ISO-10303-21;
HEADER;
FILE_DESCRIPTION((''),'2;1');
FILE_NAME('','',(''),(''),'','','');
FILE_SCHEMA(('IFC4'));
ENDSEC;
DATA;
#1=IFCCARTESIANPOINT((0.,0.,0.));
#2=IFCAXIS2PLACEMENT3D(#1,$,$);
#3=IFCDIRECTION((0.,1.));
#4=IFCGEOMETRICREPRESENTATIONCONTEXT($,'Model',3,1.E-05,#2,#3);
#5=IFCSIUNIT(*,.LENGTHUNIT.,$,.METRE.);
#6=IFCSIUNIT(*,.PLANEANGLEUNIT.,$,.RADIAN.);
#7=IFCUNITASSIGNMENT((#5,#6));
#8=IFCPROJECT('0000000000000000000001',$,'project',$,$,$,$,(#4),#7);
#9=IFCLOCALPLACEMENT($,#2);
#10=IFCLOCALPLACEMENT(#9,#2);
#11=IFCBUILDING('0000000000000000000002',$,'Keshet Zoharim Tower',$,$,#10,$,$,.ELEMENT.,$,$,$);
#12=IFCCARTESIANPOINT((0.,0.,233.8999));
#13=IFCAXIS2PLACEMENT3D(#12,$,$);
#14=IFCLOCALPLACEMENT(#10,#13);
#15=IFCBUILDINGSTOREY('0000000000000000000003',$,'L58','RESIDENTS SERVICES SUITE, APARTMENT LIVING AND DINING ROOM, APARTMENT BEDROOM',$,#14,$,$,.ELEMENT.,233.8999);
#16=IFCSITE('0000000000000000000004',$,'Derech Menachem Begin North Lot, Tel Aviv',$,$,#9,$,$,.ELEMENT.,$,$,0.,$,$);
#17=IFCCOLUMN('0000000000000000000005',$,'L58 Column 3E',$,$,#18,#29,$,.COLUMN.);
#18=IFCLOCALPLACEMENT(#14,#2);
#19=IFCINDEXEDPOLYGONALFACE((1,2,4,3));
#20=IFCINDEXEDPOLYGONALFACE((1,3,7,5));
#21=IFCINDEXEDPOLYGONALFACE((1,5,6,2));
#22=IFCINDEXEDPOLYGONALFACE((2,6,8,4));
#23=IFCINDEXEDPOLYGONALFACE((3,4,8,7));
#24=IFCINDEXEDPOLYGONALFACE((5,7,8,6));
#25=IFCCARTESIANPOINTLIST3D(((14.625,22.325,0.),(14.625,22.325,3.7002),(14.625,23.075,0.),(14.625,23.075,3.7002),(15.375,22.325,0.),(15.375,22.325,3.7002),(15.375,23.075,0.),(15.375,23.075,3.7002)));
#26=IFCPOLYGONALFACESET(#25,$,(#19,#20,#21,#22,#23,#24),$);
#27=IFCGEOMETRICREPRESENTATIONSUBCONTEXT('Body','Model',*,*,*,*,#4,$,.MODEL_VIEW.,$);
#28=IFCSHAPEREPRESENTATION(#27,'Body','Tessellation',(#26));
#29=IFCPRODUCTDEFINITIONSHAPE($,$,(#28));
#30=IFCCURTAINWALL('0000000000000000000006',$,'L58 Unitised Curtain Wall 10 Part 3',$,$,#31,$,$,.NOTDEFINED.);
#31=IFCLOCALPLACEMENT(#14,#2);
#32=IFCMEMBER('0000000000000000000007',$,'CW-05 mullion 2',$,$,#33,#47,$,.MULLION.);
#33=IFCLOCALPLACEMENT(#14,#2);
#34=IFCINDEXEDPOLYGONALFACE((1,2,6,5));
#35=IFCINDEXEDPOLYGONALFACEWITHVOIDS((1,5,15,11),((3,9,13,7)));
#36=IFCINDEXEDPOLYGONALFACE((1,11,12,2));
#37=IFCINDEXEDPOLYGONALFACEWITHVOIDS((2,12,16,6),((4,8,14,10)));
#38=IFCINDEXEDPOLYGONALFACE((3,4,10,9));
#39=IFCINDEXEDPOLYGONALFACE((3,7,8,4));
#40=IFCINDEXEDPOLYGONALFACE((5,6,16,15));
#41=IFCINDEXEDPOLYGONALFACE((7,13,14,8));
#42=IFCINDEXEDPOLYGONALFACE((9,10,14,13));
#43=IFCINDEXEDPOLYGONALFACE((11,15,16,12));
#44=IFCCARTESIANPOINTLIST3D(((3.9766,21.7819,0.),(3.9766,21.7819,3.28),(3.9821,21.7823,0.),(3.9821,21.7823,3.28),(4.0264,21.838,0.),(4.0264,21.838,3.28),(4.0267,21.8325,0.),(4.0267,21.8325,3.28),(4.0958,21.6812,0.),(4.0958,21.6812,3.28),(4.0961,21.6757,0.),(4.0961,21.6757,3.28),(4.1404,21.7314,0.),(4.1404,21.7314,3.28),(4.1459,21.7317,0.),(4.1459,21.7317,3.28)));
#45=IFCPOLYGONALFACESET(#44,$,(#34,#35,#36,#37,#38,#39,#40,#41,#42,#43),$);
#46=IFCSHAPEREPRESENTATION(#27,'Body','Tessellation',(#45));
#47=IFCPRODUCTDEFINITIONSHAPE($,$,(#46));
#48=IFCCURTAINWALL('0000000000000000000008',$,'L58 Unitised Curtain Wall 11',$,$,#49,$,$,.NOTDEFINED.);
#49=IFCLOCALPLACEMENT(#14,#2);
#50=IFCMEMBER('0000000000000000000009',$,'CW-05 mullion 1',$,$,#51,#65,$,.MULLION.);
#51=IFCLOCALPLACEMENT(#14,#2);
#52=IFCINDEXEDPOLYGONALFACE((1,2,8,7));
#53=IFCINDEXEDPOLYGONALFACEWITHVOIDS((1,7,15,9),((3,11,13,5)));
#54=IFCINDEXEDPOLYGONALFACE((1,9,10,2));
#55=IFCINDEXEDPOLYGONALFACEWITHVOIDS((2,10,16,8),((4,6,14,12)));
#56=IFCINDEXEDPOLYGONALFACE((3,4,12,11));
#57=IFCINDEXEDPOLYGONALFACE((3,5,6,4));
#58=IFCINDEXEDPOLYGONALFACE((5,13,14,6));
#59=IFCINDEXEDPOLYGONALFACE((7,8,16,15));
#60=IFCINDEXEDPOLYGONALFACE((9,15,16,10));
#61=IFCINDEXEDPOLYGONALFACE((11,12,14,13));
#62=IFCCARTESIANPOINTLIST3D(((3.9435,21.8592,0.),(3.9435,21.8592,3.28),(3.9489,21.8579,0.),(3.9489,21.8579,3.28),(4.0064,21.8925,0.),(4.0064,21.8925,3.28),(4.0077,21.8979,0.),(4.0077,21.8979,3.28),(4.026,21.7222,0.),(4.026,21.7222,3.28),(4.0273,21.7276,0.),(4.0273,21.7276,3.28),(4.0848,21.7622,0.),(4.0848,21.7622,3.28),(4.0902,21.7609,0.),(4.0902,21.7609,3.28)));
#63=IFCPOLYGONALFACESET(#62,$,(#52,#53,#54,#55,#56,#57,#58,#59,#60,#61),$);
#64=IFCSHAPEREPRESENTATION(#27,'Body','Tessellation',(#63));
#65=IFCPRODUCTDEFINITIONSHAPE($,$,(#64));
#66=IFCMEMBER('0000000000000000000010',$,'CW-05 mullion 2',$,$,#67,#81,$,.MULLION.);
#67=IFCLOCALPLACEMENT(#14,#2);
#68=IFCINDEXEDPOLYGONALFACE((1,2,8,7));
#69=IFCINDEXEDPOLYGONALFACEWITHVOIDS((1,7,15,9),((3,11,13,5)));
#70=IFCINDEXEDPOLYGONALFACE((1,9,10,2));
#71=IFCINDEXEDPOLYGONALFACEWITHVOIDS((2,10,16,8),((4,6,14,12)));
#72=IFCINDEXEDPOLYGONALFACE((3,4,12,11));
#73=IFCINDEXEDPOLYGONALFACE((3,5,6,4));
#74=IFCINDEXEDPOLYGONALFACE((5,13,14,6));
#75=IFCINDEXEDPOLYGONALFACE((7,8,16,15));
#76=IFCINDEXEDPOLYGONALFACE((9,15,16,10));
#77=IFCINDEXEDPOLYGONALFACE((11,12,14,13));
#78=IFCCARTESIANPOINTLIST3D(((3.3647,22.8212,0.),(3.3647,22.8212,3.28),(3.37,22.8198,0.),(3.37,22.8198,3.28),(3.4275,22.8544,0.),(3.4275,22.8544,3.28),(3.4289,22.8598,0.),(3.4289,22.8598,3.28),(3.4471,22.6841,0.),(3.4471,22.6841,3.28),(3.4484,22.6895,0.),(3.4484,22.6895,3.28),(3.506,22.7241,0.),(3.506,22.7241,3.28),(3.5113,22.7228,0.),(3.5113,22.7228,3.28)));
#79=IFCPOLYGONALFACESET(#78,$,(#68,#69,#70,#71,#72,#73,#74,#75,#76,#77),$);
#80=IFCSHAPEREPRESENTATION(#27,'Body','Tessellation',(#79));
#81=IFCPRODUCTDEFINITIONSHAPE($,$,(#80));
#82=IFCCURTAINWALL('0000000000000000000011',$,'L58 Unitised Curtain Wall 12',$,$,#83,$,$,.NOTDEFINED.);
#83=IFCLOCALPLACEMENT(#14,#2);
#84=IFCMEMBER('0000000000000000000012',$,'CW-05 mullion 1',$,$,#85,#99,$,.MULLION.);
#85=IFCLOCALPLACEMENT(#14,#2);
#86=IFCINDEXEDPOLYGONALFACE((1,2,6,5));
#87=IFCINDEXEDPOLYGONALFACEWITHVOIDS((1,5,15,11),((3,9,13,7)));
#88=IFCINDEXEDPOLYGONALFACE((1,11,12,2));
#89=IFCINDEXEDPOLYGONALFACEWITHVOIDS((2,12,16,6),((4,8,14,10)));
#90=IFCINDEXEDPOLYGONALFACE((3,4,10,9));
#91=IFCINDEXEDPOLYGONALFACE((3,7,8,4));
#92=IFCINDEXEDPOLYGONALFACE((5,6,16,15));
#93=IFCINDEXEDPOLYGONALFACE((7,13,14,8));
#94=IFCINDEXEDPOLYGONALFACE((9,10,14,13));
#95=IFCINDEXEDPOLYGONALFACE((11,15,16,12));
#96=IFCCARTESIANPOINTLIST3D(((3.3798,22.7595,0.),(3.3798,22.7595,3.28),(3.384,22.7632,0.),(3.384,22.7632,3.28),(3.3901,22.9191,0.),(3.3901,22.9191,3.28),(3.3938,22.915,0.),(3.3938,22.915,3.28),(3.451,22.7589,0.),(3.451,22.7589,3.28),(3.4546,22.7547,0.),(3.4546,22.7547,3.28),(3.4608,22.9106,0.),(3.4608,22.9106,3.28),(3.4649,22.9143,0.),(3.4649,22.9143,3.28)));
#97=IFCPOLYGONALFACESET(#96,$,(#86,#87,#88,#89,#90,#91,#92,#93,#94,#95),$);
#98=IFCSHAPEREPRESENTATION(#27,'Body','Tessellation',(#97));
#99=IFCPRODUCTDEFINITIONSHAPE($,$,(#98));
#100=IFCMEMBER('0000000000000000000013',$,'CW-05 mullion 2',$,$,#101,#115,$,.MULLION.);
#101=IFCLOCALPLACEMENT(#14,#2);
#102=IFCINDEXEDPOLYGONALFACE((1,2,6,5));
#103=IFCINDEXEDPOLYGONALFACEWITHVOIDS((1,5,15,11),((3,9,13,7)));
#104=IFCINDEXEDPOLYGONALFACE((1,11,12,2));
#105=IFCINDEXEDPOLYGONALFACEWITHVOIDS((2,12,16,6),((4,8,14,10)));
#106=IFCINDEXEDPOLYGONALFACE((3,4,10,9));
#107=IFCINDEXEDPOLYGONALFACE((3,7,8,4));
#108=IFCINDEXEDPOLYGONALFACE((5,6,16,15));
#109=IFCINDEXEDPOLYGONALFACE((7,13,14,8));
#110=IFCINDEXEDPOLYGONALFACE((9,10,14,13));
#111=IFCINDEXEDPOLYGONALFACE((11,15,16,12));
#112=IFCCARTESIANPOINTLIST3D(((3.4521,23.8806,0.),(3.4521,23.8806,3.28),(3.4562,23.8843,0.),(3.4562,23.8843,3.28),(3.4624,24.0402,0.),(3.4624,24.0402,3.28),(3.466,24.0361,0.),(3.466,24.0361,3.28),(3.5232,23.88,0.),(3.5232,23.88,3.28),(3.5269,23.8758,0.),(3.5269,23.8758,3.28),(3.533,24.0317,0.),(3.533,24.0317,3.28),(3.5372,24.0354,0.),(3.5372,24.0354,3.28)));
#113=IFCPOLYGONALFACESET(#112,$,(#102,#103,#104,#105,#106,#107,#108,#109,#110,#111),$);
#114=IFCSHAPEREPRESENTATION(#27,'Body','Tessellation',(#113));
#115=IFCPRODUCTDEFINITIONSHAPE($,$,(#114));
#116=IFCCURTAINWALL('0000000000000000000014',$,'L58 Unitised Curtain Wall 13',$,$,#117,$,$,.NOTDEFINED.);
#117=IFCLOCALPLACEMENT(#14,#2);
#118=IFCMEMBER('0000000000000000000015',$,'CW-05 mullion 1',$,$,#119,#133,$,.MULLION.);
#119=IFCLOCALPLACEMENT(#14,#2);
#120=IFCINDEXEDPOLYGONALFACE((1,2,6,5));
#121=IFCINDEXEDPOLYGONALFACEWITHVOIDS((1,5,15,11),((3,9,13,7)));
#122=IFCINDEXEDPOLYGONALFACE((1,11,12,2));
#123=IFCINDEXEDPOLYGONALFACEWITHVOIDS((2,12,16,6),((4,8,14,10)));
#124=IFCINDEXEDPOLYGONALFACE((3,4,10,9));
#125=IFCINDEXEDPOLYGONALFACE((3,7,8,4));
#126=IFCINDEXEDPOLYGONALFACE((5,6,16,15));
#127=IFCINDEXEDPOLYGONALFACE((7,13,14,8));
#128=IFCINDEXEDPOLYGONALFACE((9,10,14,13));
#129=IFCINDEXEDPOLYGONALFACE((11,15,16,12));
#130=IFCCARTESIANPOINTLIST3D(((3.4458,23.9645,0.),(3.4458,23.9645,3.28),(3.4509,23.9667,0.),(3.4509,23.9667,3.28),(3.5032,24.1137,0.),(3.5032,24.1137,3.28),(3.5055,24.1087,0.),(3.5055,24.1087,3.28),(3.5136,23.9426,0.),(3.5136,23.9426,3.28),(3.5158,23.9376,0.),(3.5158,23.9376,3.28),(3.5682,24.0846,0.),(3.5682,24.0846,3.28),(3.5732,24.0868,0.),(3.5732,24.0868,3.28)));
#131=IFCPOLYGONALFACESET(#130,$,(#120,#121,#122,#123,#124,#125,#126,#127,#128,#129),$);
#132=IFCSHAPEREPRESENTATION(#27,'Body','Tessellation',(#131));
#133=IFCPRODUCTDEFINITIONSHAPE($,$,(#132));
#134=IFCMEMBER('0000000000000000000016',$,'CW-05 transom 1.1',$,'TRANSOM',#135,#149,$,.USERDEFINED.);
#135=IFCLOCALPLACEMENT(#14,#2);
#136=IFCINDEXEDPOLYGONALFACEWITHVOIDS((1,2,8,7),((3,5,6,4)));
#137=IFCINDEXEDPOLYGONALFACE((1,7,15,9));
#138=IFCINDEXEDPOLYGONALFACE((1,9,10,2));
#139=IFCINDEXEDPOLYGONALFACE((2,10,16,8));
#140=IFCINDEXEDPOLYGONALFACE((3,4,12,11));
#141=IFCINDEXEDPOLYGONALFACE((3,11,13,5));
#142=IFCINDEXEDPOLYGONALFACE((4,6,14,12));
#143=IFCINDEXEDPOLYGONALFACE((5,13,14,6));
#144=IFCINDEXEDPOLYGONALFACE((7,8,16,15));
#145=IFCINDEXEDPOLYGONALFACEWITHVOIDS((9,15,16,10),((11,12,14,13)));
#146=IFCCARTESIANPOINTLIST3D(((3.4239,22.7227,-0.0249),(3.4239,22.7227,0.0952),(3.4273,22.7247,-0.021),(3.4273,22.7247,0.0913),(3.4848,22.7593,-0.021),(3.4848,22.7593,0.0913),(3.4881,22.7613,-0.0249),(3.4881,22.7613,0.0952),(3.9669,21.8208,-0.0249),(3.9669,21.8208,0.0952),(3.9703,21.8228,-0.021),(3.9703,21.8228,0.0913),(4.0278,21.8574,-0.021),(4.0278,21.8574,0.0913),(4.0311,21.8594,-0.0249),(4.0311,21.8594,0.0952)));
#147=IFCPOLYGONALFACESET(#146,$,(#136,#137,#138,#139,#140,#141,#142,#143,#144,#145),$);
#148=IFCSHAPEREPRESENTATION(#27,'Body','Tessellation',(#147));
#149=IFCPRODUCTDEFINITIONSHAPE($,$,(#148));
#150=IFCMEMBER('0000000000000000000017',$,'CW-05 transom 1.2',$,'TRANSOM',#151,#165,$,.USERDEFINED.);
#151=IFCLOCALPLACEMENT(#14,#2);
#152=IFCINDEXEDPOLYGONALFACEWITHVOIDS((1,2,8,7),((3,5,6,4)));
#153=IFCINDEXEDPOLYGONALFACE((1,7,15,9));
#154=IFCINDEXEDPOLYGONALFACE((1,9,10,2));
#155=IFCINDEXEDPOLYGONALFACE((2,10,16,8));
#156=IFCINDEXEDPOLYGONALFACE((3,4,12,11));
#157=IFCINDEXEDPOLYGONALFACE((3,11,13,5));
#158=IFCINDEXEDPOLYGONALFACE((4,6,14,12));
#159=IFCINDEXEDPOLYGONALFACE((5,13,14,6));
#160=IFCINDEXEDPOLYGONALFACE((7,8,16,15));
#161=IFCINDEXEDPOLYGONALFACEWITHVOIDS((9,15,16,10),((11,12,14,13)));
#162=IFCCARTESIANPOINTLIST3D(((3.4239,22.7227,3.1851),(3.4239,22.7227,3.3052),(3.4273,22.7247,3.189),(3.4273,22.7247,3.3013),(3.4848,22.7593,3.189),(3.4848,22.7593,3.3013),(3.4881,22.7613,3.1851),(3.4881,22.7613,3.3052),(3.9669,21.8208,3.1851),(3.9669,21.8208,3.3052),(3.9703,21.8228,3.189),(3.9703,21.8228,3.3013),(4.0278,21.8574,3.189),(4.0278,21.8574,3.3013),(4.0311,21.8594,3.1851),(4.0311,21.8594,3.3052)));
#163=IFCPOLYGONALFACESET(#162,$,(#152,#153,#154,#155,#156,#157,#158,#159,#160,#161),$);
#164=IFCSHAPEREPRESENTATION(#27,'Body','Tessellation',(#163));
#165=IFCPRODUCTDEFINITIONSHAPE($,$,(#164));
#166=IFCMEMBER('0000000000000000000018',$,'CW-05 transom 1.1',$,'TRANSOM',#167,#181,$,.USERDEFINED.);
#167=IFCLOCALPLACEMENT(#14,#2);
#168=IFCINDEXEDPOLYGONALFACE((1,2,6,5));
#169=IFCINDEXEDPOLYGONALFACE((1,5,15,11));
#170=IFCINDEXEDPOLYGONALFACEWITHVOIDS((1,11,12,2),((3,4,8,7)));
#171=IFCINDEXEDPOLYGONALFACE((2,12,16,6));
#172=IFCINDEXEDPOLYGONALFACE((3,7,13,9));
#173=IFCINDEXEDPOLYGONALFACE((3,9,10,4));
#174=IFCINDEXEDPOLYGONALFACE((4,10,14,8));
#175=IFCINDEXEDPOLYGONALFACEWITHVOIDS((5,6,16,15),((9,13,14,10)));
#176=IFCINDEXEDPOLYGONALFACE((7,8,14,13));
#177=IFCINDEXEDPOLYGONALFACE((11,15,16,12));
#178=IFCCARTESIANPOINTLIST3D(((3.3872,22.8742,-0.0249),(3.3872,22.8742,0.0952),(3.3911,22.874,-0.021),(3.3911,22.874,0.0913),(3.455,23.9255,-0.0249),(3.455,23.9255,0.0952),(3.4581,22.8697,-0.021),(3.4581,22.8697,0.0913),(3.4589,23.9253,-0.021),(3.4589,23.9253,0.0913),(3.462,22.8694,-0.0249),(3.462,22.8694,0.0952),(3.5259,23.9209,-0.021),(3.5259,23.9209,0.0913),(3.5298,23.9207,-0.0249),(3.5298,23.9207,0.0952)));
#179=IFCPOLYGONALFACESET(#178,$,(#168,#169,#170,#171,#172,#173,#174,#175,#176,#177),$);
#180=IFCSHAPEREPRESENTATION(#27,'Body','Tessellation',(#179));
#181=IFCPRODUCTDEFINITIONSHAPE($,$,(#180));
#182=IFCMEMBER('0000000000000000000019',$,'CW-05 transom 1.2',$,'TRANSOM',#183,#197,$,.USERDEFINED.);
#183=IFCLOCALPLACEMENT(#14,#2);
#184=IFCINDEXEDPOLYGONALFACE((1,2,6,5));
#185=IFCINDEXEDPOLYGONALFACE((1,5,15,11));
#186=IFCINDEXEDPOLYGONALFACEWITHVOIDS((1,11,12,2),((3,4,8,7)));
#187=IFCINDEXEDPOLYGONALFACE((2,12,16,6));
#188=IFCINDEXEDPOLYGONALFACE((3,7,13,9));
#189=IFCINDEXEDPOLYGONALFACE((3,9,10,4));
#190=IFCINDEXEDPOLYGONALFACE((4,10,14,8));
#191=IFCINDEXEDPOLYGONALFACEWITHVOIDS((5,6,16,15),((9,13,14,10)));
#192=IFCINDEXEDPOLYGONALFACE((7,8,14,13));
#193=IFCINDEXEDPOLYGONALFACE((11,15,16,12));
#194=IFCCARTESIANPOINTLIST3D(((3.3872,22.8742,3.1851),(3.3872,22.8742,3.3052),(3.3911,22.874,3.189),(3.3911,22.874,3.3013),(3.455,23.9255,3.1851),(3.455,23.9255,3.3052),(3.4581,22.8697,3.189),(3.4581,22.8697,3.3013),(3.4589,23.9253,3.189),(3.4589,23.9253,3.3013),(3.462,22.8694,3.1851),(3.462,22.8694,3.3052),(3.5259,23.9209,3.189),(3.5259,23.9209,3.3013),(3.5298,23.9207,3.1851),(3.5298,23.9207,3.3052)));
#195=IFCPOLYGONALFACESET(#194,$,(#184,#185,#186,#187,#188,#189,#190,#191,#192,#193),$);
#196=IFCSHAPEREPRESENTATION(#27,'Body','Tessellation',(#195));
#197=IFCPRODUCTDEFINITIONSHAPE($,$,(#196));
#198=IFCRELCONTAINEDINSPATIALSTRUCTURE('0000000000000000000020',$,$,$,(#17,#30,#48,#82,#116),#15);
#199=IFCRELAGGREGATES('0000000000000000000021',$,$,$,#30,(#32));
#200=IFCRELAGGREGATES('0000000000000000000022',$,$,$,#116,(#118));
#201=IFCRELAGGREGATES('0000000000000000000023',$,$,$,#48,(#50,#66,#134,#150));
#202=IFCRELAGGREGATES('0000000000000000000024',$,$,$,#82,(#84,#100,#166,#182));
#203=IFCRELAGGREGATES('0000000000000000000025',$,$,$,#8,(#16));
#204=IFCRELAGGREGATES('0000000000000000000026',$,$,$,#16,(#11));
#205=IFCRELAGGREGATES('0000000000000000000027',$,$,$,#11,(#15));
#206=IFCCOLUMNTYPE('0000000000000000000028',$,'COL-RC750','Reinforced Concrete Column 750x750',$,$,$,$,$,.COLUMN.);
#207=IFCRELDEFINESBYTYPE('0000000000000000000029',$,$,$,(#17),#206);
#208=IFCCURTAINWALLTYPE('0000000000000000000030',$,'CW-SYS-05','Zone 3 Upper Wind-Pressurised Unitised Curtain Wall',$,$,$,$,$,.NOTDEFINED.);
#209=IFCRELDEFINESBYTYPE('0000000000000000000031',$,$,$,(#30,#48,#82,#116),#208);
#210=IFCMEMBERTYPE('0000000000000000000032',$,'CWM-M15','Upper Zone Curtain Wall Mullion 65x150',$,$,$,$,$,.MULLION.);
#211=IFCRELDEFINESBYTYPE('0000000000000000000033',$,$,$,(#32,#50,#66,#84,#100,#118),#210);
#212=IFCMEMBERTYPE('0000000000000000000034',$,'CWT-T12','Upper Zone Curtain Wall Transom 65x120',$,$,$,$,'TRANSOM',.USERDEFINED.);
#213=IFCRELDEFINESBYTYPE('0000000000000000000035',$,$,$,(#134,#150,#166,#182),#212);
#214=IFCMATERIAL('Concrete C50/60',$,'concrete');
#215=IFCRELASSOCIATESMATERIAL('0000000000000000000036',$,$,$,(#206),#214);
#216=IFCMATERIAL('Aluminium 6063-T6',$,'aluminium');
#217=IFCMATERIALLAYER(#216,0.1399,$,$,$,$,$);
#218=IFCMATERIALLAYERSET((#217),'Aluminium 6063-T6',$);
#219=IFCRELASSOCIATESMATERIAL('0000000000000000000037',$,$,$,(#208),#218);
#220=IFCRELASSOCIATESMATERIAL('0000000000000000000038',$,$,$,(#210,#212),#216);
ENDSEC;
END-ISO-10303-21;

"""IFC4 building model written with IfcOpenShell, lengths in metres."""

from ifc_helpers import new_model, si_unit, direction, frame, origin, origin_2d, place, context, subcontext, project, spatial, rectangle, hollow_rectangle, extrude, material, layer, layer_set, material_profile, profile_set, type_object, element, aggregate, save


model = new_model("IFC4")

# Units and contexts
model_context = context("Model", 3, precision=1e-05, world=origin(), true_north=direction((0.0, 1.0)))
body_context = subcontext(model_context, "Body", "Model", "MODEL_VIEW")
ifc_project = project(units=[si_unit("LENGTHUNIT", "METRE"), si_unit("PLANEANGLEUNIT", "RADIAN")], contexts=[model_context])

# Site, building, storey
site_placement = place(None, origin())
site = spatial("IfcSite", under=ifc_project, at=site_placement, Name="Derech Menachem Begin North Lot, Tel Aviv", CompositionType="ELEMENT", RefElevation=0.0)
building_placement = place(site_placement, origin())
building = spatial("IfcBuilding", under=site, at=building_placement, Name="Keshet Zoharim Tower", CompositionType="ELEMENT")
storey_placement = place(building_placement, frame((0.0, 0.0, 233.8999)))
storey = spatial("IfcBuildingStorey", under=building, at=storey_placement, Name="L58", Description="RESIDENTS SERVICES SUITE, APARTMENT LIVING AND DINING ROOM, APARTMENT BEDROOM", CompositionType="ELEMENT", Elevation=233.8999)

# Column
ifc_material_1 = material(Name="Concrete C50/60", Category="concrete")
ifc_material_profile_1 = material_profile(ifc_material_1, rectangle(XDim=0.75, YDim=0.75, at=origin_2d()), Name="RC750x750")
ifc_profile_set_1 = profile_set([ifc_material_profile_1], Name="Concrete C50/60")
column_type = type_object("IfcColumnType", Name="COL-RC750", Description="Reinforced Concrete Column 750x750", PredefinedType="COLUMN", material=ifc_profile_set_1)
column_placement = place(storey_placement, frame((15.0, 22.7, 0.0), z_axis=(0.0, 0.0, 1.0), x_axis=(1.0, 0.0, 0.0)))
element("IfcColumn", 1, at=column_placement, inside=storey, type_object=column_type, Name="L58 Column 3E", PredefinedType="COLUMN", context=body_context, shape_type="SweptSolid", body=[
    extrude(rectangle(XDim=0.75, YDim=0.75, at=origin_2d()), origin(), (0.0, 0.0, 1.0), 3.7002),
])

# Curtain wall, member
ifc_material_2 = material(Name="Aluminium 6063-T6", Category="aluminium")
ifc_layer_1 = layer(ifc_material_2, 0.1399)
ifc_layer_set_1 = layer_set([ifc_layer_1], Name="Aluminium 6063-T6")
curtain_wall_type = type_object("IfcCurtainWallType", Name="CW-SYS-05", Description="Zone 3 Upper Wind-Pressurised Unitised Curtain Wall", PredefinedType="NOTDEFINED", material=ifc_layer_set_1)
curtain_wall_1_placement = place(storey_placement, origin())
curtain_wall_1 = element("IfcCurtainWall", 2, at=curtain_wall_1_placement, inside=storey, type_object=curtain_wall_type, Name="L58 Unitised Curtain Wall 10 Part 3", PredefinedType="NOTDEFINED")
ifc_material_profile_2 = material_profile(ifc_material_2, hollow_rectangle(XDim=0.075, YDim=0.1599, WallThickness=0.0039, at=origin_2d()), Name="MUL-75x160")
ifc_profile_set_2 = profile_set([ifc_material_profile_2], Name="Aluminium 6063-T6")
member_type_1 = type_object("IfcMemberType", Name="CWM-M15", Description="Upper Zone Curtain Wall Mullion 65x150", PredefinedType="MULLION", material=ifc_profile_set_2)
member_1_placement = place(storey_placement, frame((4.0613, 21.7568, 0.0), z_axis=(0.0, 0.0, 1.0), x_axis=(-0.664366, -0.747407, 0.0)))
member_1 = element("IfcMember", 3, at=member_1_placement, type_object=member_type_1, Name="CW-05 mullion 2", PredefinedType="MULLION", context=body_context, shape_type="SweptSolid", body=[
    extrude(hollow_rectangle(XDim=0.075, YDim=0.1599, WallThickness=0.0039, at=origin_2d()), origin(), (0.0, 0.0, 1.0), 3.28),
])
aggregate(curtain_wall_1, [member_1])

# Curtain walls, members
curtain_wall_2_placement = place(storey_placement, origin())
curtain_wall_2 = element("IfcCurtainWall", 4, at=curtain_wall_2_placement, inside=storey, type_object=curtain_wall_type, Name="L58 Unitised Curtain Wall 11", PredefinedType="NOTDEFINED")
member_2_placement = place(storey_placement, frame((4.0168, 21.8101, 0.0), z_axis=(0.0, 0.0, 1.0), x_axis=(-0.856826, -0.515605, 0.0)))
member_2 = element("IfcMember", 5, at=member_2_placement, type_object=member_type_1, Name="CW-05 mullion 1", PredefinedType="MULLION", context=body_context, shape_type="SweptSolid", body=[
    extrude(hollow_rectangle(XDim=0.075, YDim=0.1599, WallThickness=0.0039, at=origin_2d()), origin(), (0.0, 0.0, 1.0), 3.28),
])
member_3_placement = place(storey_placement, frame((3.438, 22.772, 0.0), z_axis=(0.0, 0.0, 1.0), x_axis=(-0.856826, -0.515605, 0.0)))
member_3 = element("IfcMember", 6, at=member_3_placement, type_object=member_type_1, Name="CW-05 mullion 2", PredefinedType="MULLION", context=body_context, shape_type="SweptSolid", body=[
    extrude(hollow_rectangle(XDim=0.075, YDim=0.1599, WallThickness=0.0039, at=origin_2d()), origin(), (0.0, 0.0, 1.0), 3.28),
])
curtain_wall_3_placement = place(storey_placement, origin())
curtain_wall_3 = element("IfcCurtainWall", 7, at=curtain_wall_3_placement, inside=storey, type_object=curtain_wall_type, Name="L58 Unitised Curtain Wall 12", PredefinedType="NOTDEFINED")
member_4_placement = place(storey_placement, frame((3.4224, 22.8369, 0.0), z_axis=(0.0, 0.0, 1.0), x_axis=(-0.997917, 0.064517, 0.0)))
member_4 = element("IfcMember", 8, at=member_4_placement, type_object=member_type_1, Name="CW-05 mullion 1", PredefinedType="MULLION", context=body_context, shape_type="SweptSolid", body=[
    extrude(hollow_rectangle(XDim=0.075, YDim=0.1599, WallThickness=0.0039, at=origin_2d()), origin(), (0.0, 0.0, 1.0), 3.28),
])
member_5_placement = place(storey_placement, frame((3.4946, 23.958, 0.0), z_axis=(0.0, 0.0, 1.0), x_axis=(-0.997917, 0.064517, 0.0)))
member_5 = element("IfcMember", 9, at=member_5_placement, type_object=member_type_1, Name="CW-05 mullion 2", PredefinedType="MULLION", context=body_context, shape_type="SweptSolid", body=[
    extrude(hollow_rectangle(XDim=0.075, YDim=0.1599, WallThickness=0.0039, at=origin_2d()), origin(), (0.0, 0.0, 1.0), 3.28),
])

# Curtain wall, member
curtain_wall_4_placement = place(storey_placement, origin())
curtain_wall_4 = element("IfcCurtainWall", 10, at=curtain_wall_4_placement, inside=storey, type_object=curtain_wall_type, Name="L58 Unitised Curtain Wall 13", PredefinedType="NOTDEFINED")
member_6_placement = place(storey_placement, frame((3.5095, 24.0256, 0.0), z_axis=(0.0, 0.0, 1.0), x_axis=(-0.933341, 0.35899, 0.0)))
member_6 = element("IfcMember", 11, at=member_6_placement, type_object=member_type_1, Name="CW-05 mullion 1", PredefinedType="MULLION", context=body_context, shape_type="SweptSolid", body=[
    extrude(hollow_rectangle(XDim=0.075, YDim=0.1599, WallThickness=0.0039, at=origin_2d()), origin(), (0.0, 0.0, 1.0), 3.28),
])

# Members
ifc_material_profile_3 = material_profile(ifc_material_2, hollow_rectangle(XDim=0.075, YDim=0.1201, WallThickness=0.0039, at=origin_2d()), Name="TRN-75x120")
ifc_profile_set_3 = profile_set([ifc_material_profile_3], Name="Aluminium 6063-T6")
member_type_2 = type_object("IfcMemberType", Name="CWT-T12", Description="Upper Zone Curtain Wall Transom 65x120", ElementType="TRANSOM", PredefinedType="USERDEFINED", material=ifc_profile_set_3)
member_7_placement = place(storey_placement, frame((3.999, 21.8401, 0.0352), z_axis=(-0.515791, 0.856714, 0.0), x_axis=(-0.856714, -0.515791, 0.0)))
member_7 = element("IfcMember", 12, at=member_7_placement, type_object=member_type_2, Name="CW-05 transom 1.1", ObjectType="TRANSOM", PredefinedType="USERDEFINED", context=body_context, shape_type="SweptSolid", body=[
    extrude(hollow_rectangle(XDim=0.075, YDim=0.1201, WallThickness=0.0039, at=origin_2d()), origin(), (0.0, 0.0, 1.0), 1.0527),
])
member_8_placement = place(storey_placement, frame((3.999, 21.8401, 3.2451), z_axis=(-0.515791, 0.856714, 0.0), x_axis=(-0.856714, -0.515791, 0.0)))
member_8 = element("IfcMember", 13, at=member_8_placement, type_object=member_type_2, Name="CW-05 transom 1.2", ObjectType="TRANSOM", PredefinedType="USERDEFINED", context=body_context, shape_type="SweptSolid", body=[
    extrude(hollow_rectangle(XDim=0.075, YDim=0.1201, WallThickness=0.0039, at=origin_2d()), origin(), (0.0, 0.0, 1.0), 1.0527),
])
member_9_placement = place(storey_placement, frame((3.4246, 22.8718, 0.0352), z_axis=(0.064427, 0.997922, 0.0), x_axis=(-0.997922, 0.064427, 0.0)))
member_9 = element("IfcMember", 14, at=member_9_placement, type_object=member_type_2, Name="CW-05 transom 1.1", ObjectType="TRANSOM", PredefinedType="USERDEFINED", context=body_context, shape_type="SweptSolid", body=[
    extrude(hollow_rectangle(XDim=0.075, YDim=0.1201, WallThickness=0.0039, at=origin_2d()), origin(), (0.0, 0.0, 1.0), 1.0535),
])
member_10_placement = place(storey_placement, frame((3.4246, 22.8718, 3.2451), z_axis=(0.064427, 0.997922, 0.0), x_axis=(-0.997922, 0.064427, 0.0)))
member_10 = element("IfcMember", 15, at=member_10_placement, type_object=member_type_2, Name="CW-05 transom 1.2", ObjectType="TRANSOM", PredefinedType="USERDEFINED", context=body_context, shape_type="SweptSolid", body=[
    extrude(hollow_rectangle(XDim=0.075, YDim=0.1201, WallThickness=0.0039, at=origin_2d()), origin(), (0.0, 0.0, 1.0), 1.0535),
])
aggregate(curtain_wall_4, [member_6])

aggregate(curtain_wall_2, [member_2, member_3, member_7, member_8])
aggregate(curtain_wall_3, [member_4, member_5, member_9, member_10])

save(model, "model.ifc")
